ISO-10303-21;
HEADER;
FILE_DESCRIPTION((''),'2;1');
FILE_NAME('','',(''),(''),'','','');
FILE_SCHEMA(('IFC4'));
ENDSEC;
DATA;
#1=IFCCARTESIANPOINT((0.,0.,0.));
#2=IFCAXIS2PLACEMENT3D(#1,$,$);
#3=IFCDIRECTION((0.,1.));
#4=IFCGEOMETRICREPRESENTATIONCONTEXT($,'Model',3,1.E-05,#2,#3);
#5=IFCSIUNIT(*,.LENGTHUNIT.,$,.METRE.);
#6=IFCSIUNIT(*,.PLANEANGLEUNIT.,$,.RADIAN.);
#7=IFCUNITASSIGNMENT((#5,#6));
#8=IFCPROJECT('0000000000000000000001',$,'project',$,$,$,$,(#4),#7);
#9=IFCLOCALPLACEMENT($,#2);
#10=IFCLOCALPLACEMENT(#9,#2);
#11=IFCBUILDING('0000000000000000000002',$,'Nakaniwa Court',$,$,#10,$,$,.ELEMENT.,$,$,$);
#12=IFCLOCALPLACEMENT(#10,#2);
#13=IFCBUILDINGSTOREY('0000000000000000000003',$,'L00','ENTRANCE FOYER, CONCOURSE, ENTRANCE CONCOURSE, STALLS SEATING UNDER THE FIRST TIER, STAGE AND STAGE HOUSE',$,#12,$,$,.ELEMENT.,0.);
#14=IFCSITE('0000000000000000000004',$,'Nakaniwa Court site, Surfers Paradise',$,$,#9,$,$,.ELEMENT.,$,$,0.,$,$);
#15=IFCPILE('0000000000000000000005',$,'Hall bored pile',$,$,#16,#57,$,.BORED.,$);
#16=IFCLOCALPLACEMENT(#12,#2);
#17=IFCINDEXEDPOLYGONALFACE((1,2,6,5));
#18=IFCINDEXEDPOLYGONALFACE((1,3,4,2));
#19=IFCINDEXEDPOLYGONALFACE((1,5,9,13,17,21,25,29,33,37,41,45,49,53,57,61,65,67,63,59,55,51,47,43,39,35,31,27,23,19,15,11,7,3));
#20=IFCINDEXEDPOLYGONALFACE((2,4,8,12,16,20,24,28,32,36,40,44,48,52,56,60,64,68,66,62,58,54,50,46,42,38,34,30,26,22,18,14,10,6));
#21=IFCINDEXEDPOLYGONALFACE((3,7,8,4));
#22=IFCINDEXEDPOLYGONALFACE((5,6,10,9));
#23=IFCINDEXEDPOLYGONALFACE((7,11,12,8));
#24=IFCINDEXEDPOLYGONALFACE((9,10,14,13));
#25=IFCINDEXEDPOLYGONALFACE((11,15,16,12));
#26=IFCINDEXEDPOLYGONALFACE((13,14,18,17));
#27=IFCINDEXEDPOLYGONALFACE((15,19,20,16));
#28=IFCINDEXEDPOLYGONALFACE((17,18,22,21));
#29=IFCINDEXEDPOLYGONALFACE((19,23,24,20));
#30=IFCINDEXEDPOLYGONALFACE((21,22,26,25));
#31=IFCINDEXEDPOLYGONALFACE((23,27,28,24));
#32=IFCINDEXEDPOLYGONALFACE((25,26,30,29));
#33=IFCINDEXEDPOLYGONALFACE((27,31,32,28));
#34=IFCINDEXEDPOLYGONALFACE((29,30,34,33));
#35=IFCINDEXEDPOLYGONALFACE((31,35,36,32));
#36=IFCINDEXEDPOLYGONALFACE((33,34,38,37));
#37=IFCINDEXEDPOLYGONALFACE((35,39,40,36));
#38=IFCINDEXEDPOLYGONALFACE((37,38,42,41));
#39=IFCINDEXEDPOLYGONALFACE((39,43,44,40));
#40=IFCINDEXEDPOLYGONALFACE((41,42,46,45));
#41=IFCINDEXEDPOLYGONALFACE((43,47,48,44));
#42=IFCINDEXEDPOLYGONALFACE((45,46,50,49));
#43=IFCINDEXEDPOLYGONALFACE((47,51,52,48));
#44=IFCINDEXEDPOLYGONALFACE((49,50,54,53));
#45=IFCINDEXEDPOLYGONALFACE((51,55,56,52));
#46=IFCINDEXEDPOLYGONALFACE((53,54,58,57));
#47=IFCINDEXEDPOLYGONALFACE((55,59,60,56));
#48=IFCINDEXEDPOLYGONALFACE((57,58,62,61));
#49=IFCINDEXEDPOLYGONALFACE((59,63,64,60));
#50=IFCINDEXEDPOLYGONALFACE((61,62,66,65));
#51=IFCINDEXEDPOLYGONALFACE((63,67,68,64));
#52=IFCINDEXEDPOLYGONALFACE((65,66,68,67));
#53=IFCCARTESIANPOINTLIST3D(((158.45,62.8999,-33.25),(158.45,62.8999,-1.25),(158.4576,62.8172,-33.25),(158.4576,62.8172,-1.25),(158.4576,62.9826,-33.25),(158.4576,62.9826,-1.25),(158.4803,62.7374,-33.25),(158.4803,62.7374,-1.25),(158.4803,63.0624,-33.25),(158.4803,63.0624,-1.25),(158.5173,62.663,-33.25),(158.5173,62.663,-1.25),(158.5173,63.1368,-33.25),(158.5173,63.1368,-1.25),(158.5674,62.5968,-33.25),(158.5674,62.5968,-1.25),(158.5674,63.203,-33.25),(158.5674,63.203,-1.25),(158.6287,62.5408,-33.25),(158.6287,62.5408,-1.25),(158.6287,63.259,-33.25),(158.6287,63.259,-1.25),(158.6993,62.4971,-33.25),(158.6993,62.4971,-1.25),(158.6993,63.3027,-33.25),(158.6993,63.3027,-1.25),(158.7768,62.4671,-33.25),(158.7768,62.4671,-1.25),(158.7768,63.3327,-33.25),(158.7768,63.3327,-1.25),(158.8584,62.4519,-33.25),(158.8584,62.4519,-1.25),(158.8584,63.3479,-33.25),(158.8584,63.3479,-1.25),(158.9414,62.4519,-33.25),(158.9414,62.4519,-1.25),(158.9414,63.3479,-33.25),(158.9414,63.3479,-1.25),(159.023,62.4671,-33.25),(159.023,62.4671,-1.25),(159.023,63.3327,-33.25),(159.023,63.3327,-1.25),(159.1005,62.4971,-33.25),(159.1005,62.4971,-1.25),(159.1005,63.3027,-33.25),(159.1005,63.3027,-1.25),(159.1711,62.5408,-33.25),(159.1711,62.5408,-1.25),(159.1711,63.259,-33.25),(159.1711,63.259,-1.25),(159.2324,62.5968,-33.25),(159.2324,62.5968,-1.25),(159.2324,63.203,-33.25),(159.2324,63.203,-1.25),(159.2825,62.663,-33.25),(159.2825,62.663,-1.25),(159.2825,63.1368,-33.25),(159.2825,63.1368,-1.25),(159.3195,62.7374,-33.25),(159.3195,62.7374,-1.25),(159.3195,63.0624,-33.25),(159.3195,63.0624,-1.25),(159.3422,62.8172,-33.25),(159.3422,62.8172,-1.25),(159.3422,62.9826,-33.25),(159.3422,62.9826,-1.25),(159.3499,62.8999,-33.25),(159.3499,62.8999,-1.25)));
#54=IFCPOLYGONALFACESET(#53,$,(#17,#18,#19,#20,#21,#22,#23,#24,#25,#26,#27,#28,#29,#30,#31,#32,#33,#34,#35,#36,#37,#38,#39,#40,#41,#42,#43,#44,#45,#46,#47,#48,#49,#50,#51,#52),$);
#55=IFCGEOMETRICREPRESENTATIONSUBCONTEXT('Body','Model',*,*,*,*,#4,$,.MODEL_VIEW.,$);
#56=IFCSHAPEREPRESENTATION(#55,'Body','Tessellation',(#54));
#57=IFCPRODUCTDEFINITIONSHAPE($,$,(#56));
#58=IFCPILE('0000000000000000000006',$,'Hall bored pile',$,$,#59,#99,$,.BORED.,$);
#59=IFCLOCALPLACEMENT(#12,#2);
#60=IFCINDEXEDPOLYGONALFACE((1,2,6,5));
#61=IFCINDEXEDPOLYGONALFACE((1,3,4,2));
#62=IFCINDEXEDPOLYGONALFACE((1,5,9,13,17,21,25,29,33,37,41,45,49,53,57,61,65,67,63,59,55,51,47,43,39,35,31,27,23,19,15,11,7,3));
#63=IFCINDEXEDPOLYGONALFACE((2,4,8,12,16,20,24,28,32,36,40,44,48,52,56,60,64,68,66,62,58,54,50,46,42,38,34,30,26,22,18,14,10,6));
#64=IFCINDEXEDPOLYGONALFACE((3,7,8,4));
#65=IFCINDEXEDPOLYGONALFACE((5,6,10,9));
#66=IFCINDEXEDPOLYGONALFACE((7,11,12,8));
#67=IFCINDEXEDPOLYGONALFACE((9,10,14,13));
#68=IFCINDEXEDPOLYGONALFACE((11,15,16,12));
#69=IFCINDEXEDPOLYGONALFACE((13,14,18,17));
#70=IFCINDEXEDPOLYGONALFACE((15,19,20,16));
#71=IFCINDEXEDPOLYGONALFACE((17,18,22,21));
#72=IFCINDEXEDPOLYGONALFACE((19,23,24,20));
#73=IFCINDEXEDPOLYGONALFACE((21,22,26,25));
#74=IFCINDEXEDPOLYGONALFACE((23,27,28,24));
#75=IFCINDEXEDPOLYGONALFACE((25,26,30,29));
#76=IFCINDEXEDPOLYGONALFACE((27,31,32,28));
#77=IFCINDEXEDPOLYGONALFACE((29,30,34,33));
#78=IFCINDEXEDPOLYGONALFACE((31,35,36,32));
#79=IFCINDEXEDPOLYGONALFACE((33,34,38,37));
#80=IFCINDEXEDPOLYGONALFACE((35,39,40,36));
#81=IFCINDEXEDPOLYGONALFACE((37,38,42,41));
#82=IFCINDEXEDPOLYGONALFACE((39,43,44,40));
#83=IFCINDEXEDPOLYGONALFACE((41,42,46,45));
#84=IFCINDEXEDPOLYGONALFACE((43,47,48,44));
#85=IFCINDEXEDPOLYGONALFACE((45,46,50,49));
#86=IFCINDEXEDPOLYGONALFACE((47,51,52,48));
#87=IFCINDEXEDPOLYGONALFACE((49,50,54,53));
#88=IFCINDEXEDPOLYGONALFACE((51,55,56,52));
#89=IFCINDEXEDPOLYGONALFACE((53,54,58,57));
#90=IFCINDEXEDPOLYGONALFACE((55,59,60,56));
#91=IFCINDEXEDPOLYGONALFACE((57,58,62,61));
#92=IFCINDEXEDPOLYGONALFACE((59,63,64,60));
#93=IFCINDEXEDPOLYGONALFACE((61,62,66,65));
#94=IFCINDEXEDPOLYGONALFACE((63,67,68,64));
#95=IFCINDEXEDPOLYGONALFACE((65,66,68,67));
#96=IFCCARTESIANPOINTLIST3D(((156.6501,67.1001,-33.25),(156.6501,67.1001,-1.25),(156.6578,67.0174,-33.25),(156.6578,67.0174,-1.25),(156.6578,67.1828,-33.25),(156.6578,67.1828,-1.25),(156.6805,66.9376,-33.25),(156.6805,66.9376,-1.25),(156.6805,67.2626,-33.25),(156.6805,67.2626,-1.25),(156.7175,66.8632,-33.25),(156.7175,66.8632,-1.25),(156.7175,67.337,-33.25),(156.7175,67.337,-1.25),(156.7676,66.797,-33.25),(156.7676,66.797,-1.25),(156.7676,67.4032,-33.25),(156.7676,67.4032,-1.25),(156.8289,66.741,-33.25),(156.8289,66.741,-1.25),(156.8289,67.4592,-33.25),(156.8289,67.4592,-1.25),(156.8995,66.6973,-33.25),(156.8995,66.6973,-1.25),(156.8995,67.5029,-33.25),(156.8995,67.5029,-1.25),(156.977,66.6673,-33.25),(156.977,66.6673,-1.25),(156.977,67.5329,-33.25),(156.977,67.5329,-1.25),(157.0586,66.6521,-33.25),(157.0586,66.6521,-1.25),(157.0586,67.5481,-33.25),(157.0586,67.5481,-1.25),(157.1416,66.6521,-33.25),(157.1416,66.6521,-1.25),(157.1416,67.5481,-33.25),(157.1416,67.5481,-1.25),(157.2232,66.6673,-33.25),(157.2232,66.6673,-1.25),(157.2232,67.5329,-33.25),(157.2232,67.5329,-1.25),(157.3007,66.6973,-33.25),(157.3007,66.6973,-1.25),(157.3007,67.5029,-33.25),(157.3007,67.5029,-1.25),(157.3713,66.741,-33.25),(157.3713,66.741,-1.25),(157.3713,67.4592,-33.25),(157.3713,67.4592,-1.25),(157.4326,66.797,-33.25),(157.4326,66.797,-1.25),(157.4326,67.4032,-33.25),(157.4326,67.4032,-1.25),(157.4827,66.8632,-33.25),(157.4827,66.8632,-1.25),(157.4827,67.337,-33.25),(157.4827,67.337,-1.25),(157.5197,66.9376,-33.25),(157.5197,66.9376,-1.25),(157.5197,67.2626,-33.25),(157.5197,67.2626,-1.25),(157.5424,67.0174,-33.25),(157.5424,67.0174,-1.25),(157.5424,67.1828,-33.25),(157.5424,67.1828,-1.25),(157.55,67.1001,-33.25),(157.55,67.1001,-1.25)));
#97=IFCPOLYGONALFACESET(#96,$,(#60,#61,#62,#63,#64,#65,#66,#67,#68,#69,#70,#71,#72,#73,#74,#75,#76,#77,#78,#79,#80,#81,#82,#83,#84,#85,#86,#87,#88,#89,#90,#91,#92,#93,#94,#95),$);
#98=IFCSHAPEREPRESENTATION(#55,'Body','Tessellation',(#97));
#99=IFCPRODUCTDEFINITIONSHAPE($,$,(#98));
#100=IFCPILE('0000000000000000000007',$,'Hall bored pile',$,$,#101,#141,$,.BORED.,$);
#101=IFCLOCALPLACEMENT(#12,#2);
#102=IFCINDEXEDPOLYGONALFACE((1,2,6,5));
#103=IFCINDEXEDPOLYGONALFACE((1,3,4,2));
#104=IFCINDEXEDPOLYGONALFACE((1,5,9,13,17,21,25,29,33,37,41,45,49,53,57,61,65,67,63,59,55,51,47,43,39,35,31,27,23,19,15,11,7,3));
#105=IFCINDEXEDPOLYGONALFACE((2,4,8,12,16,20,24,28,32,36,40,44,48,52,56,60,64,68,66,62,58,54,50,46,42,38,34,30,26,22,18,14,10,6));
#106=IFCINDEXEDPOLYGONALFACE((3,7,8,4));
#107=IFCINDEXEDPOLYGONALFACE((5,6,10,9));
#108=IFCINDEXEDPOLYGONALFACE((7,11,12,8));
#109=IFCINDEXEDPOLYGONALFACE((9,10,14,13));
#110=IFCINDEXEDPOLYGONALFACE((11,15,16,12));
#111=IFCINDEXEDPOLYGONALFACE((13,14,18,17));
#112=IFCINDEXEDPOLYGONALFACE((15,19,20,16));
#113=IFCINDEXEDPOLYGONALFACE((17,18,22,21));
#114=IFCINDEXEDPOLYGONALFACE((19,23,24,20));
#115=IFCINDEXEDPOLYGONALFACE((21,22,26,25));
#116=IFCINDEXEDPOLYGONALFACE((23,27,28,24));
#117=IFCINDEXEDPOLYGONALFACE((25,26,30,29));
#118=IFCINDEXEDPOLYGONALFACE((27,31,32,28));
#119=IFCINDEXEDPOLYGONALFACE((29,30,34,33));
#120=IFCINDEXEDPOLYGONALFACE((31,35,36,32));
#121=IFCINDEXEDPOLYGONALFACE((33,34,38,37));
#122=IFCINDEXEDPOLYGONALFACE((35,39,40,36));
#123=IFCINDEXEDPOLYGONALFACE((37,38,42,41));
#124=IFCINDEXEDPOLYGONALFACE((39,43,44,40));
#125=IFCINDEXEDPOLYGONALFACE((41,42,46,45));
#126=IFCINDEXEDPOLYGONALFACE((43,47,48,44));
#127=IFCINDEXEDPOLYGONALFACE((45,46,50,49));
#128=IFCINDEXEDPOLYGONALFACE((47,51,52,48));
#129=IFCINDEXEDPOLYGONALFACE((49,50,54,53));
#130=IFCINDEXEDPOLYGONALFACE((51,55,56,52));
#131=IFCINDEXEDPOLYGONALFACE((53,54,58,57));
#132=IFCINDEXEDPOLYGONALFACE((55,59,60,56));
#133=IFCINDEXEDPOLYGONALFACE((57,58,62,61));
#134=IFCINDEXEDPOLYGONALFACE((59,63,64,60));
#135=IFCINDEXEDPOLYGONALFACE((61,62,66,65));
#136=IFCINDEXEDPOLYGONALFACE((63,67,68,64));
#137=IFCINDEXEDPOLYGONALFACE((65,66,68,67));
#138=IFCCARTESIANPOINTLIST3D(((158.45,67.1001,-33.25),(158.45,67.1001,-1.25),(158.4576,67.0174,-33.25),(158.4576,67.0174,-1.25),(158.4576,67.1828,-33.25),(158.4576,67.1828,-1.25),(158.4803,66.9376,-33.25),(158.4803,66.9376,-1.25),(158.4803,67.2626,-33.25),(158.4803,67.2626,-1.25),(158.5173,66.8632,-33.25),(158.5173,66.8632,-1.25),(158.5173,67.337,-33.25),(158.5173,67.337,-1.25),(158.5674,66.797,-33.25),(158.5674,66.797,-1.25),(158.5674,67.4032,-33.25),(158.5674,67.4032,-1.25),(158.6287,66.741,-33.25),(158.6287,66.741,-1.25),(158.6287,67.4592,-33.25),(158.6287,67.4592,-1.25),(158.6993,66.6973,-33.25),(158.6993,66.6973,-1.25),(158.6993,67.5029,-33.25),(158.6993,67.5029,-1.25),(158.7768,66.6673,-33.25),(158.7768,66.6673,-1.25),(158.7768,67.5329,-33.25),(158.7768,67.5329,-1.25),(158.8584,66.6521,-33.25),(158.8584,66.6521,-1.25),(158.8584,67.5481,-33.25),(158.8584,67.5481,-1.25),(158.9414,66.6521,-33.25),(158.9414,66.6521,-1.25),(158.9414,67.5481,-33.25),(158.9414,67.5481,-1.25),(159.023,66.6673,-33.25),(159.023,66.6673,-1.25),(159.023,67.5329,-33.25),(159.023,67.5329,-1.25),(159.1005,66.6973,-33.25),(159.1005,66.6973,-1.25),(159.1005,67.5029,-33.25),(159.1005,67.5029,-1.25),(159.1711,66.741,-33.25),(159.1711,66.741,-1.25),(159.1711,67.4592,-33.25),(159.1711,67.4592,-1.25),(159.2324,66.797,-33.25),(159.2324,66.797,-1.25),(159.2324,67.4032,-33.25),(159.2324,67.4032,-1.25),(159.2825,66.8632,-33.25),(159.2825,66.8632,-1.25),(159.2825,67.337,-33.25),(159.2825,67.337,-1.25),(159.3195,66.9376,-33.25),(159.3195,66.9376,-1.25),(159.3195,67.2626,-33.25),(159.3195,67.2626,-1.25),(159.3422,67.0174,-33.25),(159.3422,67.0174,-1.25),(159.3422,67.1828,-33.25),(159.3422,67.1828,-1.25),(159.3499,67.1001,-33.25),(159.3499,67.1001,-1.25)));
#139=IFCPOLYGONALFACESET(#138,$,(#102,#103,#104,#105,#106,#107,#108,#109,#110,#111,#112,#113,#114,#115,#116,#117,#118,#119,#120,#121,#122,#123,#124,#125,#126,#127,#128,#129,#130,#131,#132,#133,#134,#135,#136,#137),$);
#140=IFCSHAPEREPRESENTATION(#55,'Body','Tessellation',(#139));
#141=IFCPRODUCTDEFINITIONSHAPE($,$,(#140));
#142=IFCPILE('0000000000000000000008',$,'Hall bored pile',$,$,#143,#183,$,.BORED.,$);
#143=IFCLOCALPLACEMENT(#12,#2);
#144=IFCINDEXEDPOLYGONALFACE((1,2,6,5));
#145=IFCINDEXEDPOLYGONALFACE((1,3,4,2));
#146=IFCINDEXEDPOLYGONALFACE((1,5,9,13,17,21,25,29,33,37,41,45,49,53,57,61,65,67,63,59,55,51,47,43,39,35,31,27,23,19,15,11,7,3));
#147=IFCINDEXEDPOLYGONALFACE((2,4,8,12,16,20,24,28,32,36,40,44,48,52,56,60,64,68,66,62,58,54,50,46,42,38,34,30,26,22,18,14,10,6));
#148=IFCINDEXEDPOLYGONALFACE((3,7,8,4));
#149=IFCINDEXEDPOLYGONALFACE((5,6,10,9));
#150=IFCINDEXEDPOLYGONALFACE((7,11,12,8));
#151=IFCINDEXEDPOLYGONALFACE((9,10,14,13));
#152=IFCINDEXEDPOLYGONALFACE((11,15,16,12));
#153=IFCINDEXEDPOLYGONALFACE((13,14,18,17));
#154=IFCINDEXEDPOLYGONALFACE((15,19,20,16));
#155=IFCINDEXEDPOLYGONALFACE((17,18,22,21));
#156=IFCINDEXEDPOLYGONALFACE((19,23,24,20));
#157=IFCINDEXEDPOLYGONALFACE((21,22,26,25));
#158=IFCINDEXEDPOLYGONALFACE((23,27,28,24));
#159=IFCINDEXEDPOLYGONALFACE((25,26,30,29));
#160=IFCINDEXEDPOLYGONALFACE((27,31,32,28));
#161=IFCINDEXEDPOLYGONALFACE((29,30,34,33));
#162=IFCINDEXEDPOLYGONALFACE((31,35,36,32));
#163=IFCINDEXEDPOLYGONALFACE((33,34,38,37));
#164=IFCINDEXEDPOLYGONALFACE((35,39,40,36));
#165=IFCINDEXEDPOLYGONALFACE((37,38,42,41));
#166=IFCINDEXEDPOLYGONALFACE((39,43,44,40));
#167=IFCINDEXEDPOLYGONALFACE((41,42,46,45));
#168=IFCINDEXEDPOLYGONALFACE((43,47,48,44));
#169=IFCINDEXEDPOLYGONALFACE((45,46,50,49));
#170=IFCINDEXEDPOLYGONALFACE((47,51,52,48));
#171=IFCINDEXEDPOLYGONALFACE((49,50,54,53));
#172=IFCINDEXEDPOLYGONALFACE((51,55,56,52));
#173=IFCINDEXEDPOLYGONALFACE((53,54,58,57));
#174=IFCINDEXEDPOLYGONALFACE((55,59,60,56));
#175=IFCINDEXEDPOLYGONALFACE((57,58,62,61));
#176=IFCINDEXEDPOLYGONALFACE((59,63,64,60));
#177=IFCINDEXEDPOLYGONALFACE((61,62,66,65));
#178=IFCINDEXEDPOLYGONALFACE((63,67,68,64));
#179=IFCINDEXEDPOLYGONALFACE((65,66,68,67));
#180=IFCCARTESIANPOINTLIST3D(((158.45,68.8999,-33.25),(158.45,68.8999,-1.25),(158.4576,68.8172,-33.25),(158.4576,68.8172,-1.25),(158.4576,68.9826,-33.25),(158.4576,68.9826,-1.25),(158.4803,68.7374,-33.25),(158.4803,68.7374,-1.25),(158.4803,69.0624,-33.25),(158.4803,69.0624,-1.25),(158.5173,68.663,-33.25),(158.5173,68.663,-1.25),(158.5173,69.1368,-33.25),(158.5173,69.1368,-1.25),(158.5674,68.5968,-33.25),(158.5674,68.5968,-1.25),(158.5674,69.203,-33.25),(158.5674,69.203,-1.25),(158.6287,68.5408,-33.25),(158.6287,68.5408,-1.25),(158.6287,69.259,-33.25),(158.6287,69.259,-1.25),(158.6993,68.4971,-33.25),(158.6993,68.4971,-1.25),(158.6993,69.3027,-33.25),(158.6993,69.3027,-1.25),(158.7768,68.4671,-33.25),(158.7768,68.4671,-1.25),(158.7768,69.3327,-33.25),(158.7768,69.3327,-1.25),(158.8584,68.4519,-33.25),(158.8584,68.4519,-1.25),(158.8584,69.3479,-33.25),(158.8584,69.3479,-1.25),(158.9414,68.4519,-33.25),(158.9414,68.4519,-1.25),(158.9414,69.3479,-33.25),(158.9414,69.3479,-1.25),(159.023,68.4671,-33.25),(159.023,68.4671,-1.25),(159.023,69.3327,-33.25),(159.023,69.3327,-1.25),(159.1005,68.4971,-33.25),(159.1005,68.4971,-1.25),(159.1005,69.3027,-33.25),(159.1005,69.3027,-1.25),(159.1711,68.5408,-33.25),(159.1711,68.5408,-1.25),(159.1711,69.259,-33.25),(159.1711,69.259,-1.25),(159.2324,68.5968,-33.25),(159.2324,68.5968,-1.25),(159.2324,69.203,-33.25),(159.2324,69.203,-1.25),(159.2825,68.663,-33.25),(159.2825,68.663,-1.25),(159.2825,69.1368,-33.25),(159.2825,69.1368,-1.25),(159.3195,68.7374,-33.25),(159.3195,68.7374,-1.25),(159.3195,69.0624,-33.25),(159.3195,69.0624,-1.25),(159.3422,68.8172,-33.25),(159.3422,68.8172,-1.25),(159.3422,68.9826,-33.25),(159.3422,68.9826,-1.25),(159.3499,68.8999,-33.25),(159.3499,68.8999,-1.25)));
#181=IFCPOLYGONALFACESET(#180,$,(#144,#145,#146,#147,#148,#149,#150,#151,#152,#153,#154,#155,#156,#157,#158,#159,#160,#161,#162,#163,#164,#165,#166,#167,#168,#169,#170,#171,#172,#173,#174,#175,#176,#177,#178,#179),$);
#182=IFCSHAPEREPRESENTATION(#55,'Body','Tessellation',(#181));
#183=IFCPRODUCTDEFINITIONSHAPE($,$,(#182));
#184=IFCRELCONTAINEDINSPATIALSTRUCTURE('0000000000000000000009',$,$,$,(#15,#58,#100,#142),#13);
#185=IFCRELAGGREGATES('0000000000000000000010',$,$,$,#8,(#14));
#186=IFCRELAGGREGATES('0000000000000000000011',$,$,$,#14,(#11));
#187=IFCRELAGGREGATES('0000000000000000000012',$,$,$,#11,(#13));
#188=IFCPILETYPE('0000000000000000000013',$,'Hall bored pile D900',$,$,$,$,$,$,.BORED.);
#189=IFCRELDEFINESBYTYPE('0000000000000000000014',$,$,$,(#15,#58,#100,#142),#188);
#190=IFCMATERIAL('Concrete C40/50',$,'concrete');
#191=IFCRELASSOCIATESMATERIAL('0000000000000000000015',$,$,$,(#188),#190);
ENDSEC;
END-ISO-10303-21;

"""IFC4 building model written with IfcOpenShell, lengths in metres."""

from ifc_helpers import new_model, si_unit, direction, frame, origin, origin_2d, place, context, subcontext, project, spatial, circle, extrude, material, material_profile, profile_set, type_object, element, save


model = new_model("IFC4")

# Units and contexts
model_context = context("Model", 3, precision=1e-05, world=origin(), true_north=direction((0.0, 1.0)))
body_context = subcontext(model_context, "Body", "Model", "MODEL_VIEW")
ifc_project = project(units=[si_unit("LENGTHUNIT", "METRE"), si_unit("PLANEANGLEUNIT", "RADIAN")], contexts=[model_context])

# Site, building, storey
site_placement = place(None, origin())
site = spatial("IfcSite", under=ifc_project, at=site_placement, Name="Nakaniwa Court site, Surfers Paradise", CompositionType="ELEMENT", RefElevation=0.0)
building_placement = place(site_placement, origin())
building = spatial("IfcBuilding", under=site, at=building_placement, Name="Nakaniwa Court", CompositionType="ELEMENT")
storey_placement = place(building_placement, origin())
storey = spatial("IfcBuildingStorey", under=building, at=storey_placement, Name="L00", Description="ENTRANCE FOYER, CONCOURSE, ENTRANCE CONCOURSE, STALLS SEATING UNDER THE FIRST TIER, STAGE AND STAGE HOUSE", CompositionType="ELEMENT", Elevation=0.0)

# Piles
ifc_material_1 = material(Name="Concrete C40/50", Category="concrete")
ifc_material_profile_1 = material_profile(ifc_material_1, circle(Radius=0.45, at=origin_2d()), Name="Bored pile D900")
ifc_profile_set_1 = profile_set([ifc_material_profile_1], Name="Concrete C40/50")
pile_type = type_object("IfcPileType", Name="Hall bored pile D900", PredefinedType="BORED", material=ifc_profile_set_1)
for number, where, z_axis, x_axis, name in (
    (1, (158.8999, 62.8999, -1.25), (0.0, 0.0, -1.0), (1.0, 0.0, 0.0), "Hall bored pile"),
    (2, (157.1001, 67.1001, -1.25), (0.0, 0.0, -1.0), (1.0, 0.0, 0.0), "Hall bored pile"),
    (3, (158.8999, 67.1001, -1.25), (0.0, 0.0, -1.0), (1.0, 0.0, 0.0), "Hall bored pile"),
    (4, (158.8999, 68.8999, -1.25), (0.0, 0.0, -1.0), (1.0, 0.0, 0.0), "Hall bored pile"),
):
    element("IfcPile", number, at=place(storey_placement, frame(where, z_axis=z_axis, x_axis=x_axis)), inside=storey, type_object=pile_type, Name=name, PredefinedType="BORED", context=body_context, shape_type="SweptSolid", body=[
        extrude(circle(Radius=0.45, at=origin_2d()), origin(), (0.0, 0.0, 1.0), 32.0),
    ])

save(model, "model.ifc")
